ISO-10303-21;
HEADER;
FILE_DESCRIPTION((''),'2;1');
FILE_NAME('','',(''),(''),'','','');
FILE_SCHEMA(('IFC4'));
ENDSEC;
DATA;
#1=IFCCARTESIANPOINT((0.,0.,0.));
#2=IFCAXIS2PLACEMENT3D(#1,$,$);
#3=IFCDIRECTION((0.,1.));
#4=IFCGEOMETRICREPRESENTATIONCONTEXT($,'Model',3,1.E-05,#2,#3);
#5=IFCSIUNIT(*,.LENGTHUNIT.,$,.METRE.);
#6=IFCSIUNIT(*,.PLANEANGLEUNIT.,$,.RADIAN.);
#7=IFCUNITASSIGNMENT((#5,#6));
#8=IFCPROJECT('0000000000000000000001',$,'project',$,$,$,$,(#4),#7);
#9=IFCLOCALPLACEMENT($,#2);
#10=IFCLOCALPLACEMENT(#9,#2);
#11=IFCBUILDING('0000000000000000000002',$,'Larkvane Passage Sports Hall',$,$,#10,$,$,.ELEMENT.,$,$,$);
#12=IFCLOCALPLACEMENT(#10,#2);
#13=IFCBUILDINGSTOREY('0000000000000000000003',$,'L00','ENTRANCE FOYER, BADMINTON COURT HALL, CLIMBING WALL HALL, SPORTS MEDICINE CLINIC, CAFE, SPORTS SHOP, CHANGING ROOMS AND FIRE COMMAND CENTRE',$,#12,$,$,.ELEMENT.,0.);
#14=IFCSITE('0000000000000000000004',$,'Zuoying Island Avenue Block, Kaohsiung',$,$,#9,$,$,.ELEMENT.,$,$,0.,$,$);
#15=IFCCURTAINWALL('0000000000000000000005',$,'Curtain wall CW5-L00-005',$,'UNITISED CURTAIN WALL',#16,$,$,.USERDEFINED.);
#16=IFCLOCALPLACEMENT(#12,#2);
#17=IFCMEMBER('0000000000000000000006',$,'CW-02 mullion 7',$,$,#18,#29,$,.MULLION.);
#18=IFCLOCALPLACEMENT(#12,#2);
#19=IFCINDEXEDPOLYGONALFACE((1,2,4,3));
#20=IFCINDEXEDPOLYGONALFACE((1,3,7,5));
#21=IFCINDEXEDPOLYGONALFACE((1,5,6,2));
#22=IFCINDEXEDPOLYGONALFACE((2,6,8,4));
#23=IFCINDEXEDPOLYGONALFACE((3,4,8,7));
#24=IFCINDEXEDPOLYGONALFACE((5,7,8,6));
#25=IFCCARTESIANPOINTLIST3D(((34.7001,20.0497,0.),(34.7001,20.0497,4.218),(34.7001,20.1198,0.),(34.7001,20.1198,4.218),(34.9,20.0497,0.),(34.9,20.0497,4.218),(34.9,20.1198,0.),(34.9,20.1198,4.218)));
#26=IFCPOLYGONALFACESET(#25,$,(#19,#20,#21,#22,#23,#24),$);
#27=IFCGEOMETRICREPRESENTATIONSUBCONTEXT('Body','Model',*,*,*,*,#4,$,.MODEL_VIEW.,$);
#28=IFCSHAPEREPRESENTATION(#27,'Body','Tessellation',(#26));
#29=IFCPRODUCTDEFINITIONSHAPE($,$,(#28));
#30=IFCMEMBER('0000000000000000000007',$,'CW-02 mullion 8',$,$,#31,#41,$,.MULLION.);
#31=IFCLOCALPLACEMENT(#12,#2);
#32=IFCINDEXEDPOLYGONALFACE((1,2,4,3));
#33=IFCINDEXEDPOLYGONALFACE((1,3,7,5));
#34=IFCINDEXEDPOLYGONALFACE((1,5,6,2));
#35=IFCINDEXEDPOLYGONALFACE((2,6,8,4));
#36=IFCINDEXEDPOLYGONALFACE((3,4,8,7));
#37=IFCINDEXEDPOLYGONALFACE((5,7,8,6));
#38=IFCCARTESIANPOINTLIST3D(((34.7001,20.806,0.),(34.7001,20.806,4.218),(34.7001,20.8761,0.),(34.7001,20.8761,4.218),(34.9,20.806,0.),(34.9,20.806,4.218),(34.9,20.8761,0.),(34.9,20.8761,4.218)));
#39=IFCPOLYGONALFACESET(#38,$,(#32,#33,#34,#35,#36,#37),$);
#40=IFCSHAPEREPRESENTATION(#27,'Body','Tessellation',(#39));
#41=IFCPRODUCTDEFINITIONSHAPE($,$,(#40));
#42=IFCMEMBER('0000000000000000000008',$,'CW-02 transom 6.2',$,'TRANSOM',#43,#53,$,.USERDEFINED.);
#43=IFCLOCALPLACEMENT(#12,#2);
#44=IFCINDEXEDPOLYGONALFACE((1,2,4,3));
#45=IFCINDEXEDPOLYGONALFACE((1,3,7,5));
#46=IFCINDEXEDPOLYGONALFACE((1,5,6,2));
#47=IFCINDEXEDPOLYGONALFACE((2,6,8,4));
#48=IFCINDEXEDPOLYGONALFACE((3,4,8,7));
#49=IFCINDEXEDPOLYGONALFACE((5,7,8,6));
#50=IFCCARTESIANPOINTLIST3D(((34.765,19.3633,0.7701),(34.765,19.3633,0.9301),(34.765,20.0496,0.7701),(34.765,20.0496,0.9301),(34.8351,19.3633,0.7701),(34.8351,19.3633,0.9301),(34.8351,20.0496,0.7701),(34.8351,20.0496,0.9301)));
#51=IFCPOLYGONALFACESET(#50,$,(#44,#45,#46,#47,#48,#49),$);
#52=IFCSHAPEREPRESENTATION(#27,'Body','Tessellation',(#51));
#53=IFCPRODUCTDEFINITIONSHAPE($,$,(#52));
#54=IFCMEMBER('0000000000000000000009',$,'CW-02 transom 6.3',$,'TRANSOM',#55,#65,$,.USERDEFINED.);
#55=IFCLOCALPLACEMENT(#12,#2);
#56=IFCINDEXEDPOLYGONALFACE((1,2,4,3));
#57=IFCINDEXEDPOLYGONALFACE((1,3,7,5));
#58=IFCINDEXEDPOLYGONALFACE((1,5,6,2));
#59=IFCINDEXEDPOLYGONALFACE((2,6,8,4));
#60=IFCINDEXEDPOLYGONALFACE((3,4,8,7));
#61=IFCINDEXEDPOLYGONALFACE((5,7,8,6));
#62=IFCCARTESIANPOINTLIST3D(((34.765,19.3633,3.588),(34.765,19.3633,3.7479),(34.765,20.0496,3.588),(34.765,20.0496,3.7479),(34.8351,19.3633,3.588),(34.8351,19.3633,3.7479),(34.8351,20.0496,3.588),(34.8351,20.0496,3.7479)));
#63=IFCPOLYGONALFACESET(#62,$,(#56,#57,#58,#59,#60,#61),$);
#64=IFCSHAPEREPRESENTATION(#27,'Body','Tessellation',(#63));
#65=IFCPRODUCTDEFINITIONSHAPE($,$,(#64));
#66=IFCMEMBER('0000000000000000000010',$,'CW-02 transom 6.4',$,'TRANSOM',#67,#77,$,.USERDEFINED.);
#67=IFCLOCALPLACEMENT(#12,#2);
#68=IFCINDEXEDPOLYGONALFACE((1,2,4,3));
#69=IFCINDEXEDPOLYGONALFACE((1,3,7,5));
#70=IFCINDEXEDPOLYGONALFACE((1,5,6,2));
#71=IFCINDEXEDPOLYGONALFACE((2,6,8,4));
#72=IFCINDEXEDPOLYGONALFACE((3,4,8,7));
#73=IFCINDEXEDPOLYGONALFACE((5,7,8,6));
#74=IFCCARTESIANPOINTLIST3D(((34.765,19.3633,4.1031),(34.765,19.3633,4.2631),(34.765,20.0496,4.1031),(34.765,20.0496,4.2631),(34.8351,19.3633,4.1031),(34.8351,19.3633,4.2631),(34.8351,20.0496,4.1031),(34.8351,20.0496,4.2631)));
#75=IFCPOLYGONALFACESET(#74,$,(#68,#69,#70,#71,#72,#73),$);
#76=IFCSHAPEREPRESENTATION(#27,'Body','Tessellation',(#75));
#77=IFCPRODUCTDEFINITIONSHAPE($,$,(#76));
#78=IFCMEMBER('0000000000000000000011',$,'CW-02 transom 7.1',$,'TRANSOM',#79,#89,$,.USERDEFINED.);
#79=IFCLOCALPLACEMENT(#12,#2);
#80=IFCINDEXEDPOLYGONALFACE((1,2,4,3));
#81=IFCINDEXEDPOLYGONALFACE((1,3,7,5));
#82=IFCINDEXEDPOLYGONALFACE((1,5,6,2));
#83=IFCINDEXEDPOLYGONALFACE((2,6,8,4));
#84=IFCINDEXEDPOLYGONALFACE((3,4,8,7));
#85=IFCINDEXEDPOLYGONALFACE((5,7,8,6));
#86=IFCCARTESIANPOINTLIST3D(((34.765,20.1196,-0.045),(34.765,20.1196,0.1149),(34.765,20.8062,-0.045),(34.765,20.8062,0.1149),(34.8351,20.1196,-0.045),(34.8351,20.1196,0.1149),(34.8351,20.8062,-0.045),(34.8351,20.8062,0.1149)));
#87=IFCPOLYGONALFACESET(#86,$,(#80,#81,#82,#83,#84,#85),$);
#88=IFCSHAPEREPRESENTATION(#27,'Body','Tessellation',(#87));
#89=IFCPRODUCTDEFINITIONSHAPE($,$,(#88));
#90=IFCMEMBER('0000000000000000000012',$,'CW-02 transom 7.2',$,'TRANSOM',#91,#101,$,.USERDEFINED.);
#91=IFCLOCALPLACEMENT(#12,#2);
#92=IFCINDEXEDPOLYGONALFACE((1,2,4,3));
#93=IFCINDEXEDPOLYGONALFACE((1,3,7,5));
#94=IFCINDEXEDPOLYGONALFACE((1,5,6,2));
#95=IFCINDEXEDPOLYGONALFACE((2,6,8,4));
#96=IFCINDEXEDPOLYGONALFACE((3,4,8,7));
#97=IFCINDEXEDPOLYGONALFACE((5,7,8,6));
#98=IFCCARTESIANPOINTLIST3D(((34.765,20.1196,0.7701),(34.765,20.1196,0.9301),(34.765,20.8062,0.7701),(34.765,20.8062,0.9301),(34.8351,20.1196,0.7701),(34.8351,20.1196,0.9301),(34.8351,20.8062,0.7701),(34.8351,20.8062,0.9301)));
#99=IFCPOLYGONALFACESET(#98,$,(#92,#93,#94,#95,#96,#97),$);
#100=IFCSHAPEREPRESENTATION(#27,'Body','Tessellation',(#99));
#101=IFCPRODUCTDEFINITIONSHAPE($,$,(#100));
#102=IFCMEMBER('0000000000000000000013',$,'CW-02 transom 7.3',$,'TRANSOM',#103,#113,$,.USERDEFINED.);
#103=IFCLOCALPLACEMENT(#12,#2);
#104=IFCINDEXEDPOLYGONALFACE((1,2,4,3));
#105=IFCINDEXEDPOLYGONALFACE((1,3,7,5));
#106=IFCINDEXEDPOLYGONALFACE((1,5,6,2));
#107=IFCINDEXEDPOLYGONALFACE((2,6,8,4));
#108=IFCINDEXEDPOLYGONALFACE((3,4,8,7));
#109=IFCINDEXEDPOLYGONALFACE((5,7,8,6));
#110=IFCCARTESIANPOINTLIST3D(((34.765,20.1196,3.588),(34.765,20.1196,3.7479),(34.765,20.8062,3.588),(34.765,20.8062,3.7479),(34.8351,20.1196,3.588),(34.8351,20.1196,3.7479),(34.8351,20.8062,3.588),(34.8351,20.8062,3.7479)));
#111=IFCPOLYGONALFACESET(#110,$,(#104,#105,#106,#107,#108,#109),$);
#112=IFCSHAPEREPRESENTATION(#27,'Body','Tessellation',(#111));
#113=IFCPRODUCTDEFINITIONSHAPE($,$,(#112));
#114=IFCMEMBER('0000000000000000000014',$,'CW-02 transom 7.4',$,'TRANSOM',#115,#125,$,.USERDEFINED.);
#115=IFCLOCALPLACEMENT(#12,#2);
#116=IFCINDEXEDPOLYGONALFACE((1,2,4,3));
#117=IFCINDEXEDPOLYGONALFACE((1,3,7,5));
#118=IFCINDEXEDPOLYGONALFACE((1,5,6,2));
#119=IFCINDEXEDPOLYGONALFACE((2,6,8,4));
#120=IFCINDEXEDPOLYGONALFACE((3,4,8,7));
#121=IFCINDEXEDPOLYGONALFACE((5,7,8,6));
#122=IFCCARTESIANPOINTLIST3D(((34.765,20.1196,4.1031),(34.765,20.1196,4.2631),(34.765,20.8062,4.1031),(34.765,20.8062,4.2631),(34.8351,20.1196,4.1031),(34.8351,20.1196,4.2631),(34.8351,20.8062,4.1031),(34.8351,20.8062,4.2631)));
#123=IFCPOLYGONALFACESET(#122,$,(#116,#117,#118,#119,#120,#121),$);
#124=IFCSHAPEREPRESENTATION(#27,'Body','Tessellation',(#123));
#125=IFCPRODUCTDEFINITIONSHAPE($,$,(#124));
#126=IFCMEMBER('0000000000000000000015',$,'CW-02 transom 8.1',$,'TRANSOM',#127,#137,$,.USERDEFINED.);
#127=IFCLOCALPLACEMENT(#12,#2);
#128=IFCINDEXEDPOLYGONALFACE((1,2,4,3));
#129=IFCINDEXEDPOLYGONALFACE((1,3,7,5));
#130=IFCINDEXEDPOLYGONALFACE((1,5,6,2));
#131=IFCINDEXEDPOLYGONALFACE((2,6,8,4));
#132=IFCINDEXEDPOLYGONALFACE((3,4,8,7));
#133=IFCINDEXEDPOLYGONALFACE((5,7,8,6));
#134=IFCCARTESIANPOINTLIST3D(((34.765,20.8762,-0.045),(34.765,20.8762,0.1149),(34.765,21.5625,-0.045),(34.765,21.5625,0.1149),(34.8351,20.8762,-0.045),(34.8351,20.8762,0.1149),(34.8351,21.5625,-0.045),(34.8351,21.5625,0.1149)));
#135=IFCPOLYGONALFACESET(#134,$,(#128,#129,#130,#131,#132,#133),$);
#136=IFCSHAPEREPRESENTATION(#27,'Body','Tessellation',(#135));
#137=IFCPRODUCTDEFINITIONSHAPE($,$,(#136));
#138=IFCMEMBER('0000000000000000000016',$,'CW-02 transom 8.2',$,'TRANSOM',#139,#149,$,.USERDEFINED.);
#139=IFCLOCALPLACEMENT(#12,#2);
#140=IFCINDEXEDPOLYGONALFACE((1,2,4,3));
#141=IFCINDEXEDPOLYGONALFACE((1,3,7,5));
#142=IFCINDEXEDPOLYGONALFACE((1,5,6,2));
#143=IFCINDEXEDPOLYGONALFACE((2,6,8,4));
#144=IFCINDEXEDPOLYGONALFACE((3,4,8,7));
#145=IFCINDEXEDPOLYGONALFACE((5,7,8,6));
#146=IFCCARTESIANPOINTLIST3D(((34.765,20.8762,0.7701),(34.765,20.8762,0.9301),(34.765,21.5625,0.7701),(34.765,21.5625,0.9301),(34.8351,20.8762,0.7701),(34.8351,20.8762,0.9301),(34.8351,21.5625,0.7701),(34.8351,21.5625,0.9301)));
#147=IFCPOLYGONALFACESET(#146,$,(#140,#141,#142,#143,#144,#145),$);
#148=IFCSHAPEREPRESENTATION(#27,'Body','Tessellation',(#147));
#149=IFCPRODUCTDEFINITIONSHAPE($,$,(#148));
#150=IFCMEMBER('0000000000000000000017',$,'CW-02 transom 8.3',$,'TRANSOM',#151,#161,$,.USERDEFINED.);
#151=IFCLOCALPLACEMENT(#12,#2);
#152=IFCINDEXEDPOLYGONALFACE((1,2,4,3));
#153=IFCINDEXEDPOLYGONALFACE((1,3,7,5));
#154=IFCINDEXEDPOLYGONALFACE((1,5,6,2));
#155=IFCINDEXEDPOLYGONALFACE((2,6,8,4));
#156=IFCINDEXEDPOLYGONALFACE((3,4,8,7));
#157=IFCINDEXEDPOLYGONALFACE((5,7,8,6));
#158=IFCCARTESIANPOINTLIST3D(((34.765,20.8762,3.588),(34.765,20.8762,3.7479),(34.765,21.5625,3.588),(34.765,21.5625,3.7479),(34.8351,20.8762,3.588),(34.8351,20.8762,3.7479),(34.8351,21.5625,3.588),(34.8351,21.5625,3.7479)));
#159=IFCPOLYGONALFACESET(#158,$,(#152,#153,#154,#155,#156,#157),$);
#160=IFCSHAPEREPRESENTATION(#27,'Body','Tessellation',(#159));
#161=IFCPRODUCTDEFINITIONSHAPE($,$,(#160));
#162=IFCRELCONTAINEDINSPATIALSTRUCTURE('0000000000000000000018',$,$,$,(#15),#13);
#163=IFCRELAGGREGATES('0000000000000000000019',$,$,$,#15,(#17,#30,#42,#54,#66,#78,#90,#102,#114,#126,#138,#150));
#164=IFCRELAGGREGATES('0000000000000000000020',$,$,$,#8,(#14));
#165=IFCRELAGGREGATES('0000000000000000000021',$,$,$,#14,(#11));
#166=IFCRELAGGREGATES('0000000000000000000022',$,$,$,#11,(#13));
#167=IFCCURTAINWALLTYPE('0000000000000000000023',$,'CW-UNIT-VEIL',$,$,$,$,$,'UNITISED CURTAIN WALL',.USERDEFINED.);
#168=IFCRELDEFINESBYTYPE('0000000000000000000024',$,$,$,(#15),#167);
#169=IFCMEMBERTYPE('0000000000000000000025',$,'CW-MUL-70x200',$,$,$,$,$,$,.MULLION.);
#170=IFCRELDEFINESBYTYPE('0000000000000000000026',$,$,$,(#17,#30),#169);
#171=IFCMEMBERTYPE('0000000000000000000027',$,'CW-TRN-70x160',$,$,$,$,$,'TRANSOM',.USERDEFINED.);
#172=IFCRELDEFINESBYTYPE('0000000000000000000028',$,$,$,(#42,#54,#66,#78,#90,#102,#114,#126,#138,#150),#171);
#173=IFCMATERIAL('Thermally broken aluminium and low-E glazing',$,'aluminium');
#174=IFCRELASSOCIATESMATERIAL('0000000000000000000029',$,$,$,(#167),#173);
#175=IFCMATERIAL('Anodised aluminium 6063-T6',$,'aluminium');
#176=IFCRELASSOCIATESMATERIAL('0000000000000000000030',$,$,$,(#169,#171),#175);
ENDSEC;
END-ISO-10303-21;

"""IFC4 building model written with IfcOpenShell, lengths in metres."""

from ifc_helpers import new_model, si_unit, direction, frame, origin, origin_2d, place, context, subcontext, project, spatial, rectangle, extrude, material, material_profile, profile_set, type_object, element, aggregate, save


model = new_model("IFC4")

# Units and contexts
model_context = context("Model", 3, precision=1e-05, world=origin(), true_north=direction((0.0, 1.0)))
body_context = subcontext(model_context, "Body", "Model", "MODEL_VIEW")
ifc_project = project(units=[si_unit("LENGTHUNIT", "METRE"), si_unit("PLANEANGLEUNIT", "RADIAN")], contexts=[model_context])

# Site, building, storey
site_placement = place(None, origin())
site = spatial("IfcSite", under=ifc_project, at=site_placement, Name="Zuoying Island Avenue Block, Kaohsiung", CompositionType="ELEMENT", RefElevation=0.0)
building_placement = place(site_placement, origin())
building = spatial("IfcBuilding", under=site, at=building_placement, Name="Larkvane Passage Sports Hall", CompositionType="ELEMENT")
storey_placement = place(building_placement, origin())
storey = spatial("IfcBuildingStorey", under=building, at=storey_placement, Name="L00", Description="ENTRANCE FOYER, BADMINTON COURT HALL, CLIMBING WALL HALL, SPORTS MEDICINE CLINIC, CAFE, SPORTS SHOP, CHANGING ROOMS AND FIRE COMMAND CENTRE", CompositionType="ELEMENT", Elevation=0.0)

# Curtain wall, members
ifc_material_1 = material(Name="Thermally broken aluminium and low-E glazing", Category="aluminium")
curtain_wall_type = type_object("IfcCurtainWallType", Name="CW-UNIT-VEIL", ElementType="UNITISED CURTAIN WALL", PredefinedType="USERDEFINED", material=ifc_material_1)
curtain_wall_placement = place(storey_placement, origin())
curtain_wall = element("IfcCurtainWall", 1, at=curtain_wall_placement, inside=storey, type_object=curtain_wall_type, Name="Curtain wall CW5-L00-005", ObjectType="UNITISED CURTAIN WALL", PredefinedType="USERDEFINED")
ifc_material_2 = material(Name="Anodised aluminium 6063-T6", Category="aluminium")
ifc_material_profile_1 = material_profile(ifc_material_2, rectangle(XDim=0.0701, YDim=0.2, at=origin_2d()), Name="ALU-MUL-70x200")
ifc_profile_set_1 = profile_set([ifc_material_profile_1], Name="Anodised aluminium 6063-T6")
member_type_1 = type_object("IfcMemberType", Name="CW-MUL-70x200", PredefinedType="MULLION", material=ifc_profile_set_1)
member_1_placement = place(storey_placement, frame((34.8, 20.0847, 0.0), z_axis=(0.0, 0.0, 1.0), x_axis=(0.0, 1.0, 0.0)))
member_1 = element("IfcMember", 2, at=member_1_placement, type_object=member_type_1, Name="CW-02 mullion 7", PredefinedType="MULLION", context=body_context, shape_type="SweptSolid", body=[
    extrude(rectangle(XDim=0.0701, YDim=0.2, at=origin_2d()), origin(), (0.0, 0.0, 1.0), 4.218),
])
member_2_placement = place(storey_placement, frame((34.8, 20.8411, 0.0), z_axis=(0.0, 0.0, 1.0), x_axis=(0.0, 1.0, 0.0)))
member_2 = element("IfcMember", 3, at=member_2_placement, type_object=member_type_1, Name="CW-02 mullion 8", PredefinedType="MULLION", context=body_context, shape_type="SweptSolid", body=[
    extrude(rectangle(XDim=0.0701, YDim=0.2, at=origin_2d()), origin(), (0.0, 0.0, 1.0), 4.218),
])
ifc_material_profile_2 = material_profile(ifc_material_2, rectangle(XDim=0.0701, YDim=0.1599, at=origin_2d()), Name="ALU-TRN-70x160")
ifc_profile_set_2 = profile_set([ifc_material_profile_2], Name="Anodised aluminium 6063-T6")
member_type_2 = type_object("IfcMemberType", Name="CW-TRN-70x160", ElementType="TRANSOM", PredefinedType="USERDEFINED", material=ifc_profile_set_2)
member_3_placement = place(storey_placement, frame((34.8, 19.3633, 0.8501), z_axis=(0.0, 1.0, 0.0), x_axis=(-1.0, 0.0, 0.0)))
member_3 = element("IfcMember", 4, at=member_3_placement, type_object=member_type_2, Name="CW-02 transom 6.2", ObjectType="TRANSOM", PredefinedType="USERDEFINED", context=body_context, shape_type="SweptSolid", body=[
    extrude(rectangle(XDim=0.0701, YDim=0.1599, at=origin_2d()), origin(), (0.0, 0.0, 1.0), 0.6863),
])
member_4_placement = place(storey_placement, frame((34.8, 19.3633, 3.668), z_axis=(0.0, 1.0, 0.0), x_axis=(-1.0, 0.0, 0.0)))
member_4 = element("IfcMember", 5, at=member_4_placement, type_object=member_type_2, Name="CW-02 transom 6.3", ObjectType="TRANSOM", PredefinedType="USERDEFINED", context=body_context, shape_type="SweptSolid", body=[
    extrude(rectangle(XDim=0.0701, YDim=0.1599, at=origin_2d()), origin(), (0.0, 0.0, 1.0), 0.6863),
])
member_5_placement = place(storey_placement, frame((34.8, 19.3633, 4.1831), z_axis=(0.0, 1.0, 0.0), x_axis=(-1.0, 0.0, 0.0)))
member_5 = element("IfcMember", 6, at=member_5_placement, type_object=member_type_2, Name="CW-02 transom 6.4", ObjectType="TRANSOM", PredefinedType="USERDEFINED", context=body_context, shape_type="SweptSolid", body=[
    extrude(rectangle(XDim=0.0701, YDim=0.1599, at=origin_2d()), origin(), (0.0, 0.0, 1.0), 0.6863),
])
member_6_placement = place(storey_placement, frame((34.8, 20.1196, 0.0349), z_axis=(0.0, 1.0, 0.0), x_axis=(-1.0, 0.0, 0.0)))
member_6 = element("IfcMember", 7, at=member_6_placement, type_object=member_type_2, Name="CW-02 transom 7.1", ObjectType="TRANSOM", PredefinedType="USERDEFINED", context=body_context, shape_type="SweptSolid", body=[
    extrude(rectangle(XDim=0.0701, YDim=0.1599, at=origin_2d()), origin(), (0.0, 0.0, 1.0), 0.6865),
])
member_7_placement = place(storey_placement, frame((34.8, 20.1196, 0.8501), z_axis=(0.0, 1.0, 0.0), x_axis=(-1.0, 0.0, 0.0)))
member_7 = element("IfcMember", 8, at=member_7_placement, type_object=member_type_2, Name="CW-02 transom 7.2", ObjectType="TRANSOM", PredefinedType="USERDEFINED", context=body_context, shape_type="SweptSolid", body=[
    extrude(rectangle(XDim=0.0701, YDim=0.1599, at=origin_2d()), origin(), (0.0, 0.0, 1.0), 0.6865),
])
member_8_placement = place(storey_placement, frame((34.8, 20.1196, 3.668), z_axis=(0.0, 1.0, 0.0), x_axis=(-1.0, 0.0, 0.0)))
member_8 = element("IfcMember", 9, at=member_8_placement, type_object=member_type_2, Name="CW-02 transom 7.3", ObjectType="TRANSOM", PredefinedType="USERDEFINED", context=body_context, shape_type="SweptSolid", body=[
    extrude(rectangle(XDim=0.0701, YDim=0.1599, at=origin_2d()), origin(), (0.0, 0.0, 1.0), 0.6865),
])
member_9_placement = place(storey_placement, frame((34.8, 20.1196, 4.1831), z_axis=(0.0, 1.0, 0.0), x_axis=(-1.0, 0.0, 0.0)))
member_9 = element("IfcMember", 10, at=member_9_placement, type_object=member_type_2, Name="CW-02 transom 7.4", ObjectType="TRANSOM", PredefinedType="USERDEFINED", context=body_context, shape_type="SweptSolid", body=[
    extrude(rectangle(XDim=0.0701, YDim=0.1599, at=origin_2d()), origin(), (0.0, 0.0, 1.0), 0.6865),
])
member_10_placement = place(storey_placement, frame((34.8, 20.8762, 0.0349), z_axis=(0.0, 1.0, 0.0), x_axis=(-1.0, 0.0, 0.0)))
member_10 = element("IfcMember", 11, at=member_10_placement, type_object=member_type_2, Name="CW-02 transom 8.1", ObjectType="TRANSOM", PredefinedType="USERDEFINED", context=body_context, shape_type="SweptSolid", body=[
    extrude(rectangle(XDim=0.0701, YDim=0.1599, at=origin_2d()), origin(), (0.0, 0.0, 1.0), 0.6863),
])
member_11_placement = place(storey_placement, frame((34.8, 20.8762, 0.8501), z_axis=(0.0, 1.0, 0.0), x_axis=(-1.0, 0.0, 0.0)))
member_11 = element("IfcMember", 12, at=member_11_placement, type_object=member_type_2, Name="CW-02 transom 8.2", ObjectType="TRANSOM", PredefinedType="USERDEFINED", context=body_context, shape_type="SweptSolid", body=[
    extrude(rectangle(XDim=0.0701, YDim=0.1599, at=origin_2d()), origin(), (0.0, 0.0, 1.0), 0.6863),
])
member_12_placement = place(storey_placement, frame((34.8, 20.8762, 3.668), z_axis=(0.0, 1.0, 0.0), x_axis=(-1.0, 0.0, 0.0)))
member_12 = element("IfcMember", 13, at=member_12_placement, type_object=member_type_2, Name="CW-02 transom 8.3", ObjectType="TRANSOM", PredefinedType="USERDEFINED", context=body_context, shape_type="SweptSolid", body=[
    extrude(rectangle(XDim=0.0701, YDim=0.1599, at=origin_2d()), origin(), (0.0, 0.0, 1.0), 0.6863),
])

aggregate(curtain_wall, [member_1, member_2, member_3, member_4, member_5, member_6, member_7, member_8, member_9, member_10, member_11, member_12])

save(model, "model.ifc")
